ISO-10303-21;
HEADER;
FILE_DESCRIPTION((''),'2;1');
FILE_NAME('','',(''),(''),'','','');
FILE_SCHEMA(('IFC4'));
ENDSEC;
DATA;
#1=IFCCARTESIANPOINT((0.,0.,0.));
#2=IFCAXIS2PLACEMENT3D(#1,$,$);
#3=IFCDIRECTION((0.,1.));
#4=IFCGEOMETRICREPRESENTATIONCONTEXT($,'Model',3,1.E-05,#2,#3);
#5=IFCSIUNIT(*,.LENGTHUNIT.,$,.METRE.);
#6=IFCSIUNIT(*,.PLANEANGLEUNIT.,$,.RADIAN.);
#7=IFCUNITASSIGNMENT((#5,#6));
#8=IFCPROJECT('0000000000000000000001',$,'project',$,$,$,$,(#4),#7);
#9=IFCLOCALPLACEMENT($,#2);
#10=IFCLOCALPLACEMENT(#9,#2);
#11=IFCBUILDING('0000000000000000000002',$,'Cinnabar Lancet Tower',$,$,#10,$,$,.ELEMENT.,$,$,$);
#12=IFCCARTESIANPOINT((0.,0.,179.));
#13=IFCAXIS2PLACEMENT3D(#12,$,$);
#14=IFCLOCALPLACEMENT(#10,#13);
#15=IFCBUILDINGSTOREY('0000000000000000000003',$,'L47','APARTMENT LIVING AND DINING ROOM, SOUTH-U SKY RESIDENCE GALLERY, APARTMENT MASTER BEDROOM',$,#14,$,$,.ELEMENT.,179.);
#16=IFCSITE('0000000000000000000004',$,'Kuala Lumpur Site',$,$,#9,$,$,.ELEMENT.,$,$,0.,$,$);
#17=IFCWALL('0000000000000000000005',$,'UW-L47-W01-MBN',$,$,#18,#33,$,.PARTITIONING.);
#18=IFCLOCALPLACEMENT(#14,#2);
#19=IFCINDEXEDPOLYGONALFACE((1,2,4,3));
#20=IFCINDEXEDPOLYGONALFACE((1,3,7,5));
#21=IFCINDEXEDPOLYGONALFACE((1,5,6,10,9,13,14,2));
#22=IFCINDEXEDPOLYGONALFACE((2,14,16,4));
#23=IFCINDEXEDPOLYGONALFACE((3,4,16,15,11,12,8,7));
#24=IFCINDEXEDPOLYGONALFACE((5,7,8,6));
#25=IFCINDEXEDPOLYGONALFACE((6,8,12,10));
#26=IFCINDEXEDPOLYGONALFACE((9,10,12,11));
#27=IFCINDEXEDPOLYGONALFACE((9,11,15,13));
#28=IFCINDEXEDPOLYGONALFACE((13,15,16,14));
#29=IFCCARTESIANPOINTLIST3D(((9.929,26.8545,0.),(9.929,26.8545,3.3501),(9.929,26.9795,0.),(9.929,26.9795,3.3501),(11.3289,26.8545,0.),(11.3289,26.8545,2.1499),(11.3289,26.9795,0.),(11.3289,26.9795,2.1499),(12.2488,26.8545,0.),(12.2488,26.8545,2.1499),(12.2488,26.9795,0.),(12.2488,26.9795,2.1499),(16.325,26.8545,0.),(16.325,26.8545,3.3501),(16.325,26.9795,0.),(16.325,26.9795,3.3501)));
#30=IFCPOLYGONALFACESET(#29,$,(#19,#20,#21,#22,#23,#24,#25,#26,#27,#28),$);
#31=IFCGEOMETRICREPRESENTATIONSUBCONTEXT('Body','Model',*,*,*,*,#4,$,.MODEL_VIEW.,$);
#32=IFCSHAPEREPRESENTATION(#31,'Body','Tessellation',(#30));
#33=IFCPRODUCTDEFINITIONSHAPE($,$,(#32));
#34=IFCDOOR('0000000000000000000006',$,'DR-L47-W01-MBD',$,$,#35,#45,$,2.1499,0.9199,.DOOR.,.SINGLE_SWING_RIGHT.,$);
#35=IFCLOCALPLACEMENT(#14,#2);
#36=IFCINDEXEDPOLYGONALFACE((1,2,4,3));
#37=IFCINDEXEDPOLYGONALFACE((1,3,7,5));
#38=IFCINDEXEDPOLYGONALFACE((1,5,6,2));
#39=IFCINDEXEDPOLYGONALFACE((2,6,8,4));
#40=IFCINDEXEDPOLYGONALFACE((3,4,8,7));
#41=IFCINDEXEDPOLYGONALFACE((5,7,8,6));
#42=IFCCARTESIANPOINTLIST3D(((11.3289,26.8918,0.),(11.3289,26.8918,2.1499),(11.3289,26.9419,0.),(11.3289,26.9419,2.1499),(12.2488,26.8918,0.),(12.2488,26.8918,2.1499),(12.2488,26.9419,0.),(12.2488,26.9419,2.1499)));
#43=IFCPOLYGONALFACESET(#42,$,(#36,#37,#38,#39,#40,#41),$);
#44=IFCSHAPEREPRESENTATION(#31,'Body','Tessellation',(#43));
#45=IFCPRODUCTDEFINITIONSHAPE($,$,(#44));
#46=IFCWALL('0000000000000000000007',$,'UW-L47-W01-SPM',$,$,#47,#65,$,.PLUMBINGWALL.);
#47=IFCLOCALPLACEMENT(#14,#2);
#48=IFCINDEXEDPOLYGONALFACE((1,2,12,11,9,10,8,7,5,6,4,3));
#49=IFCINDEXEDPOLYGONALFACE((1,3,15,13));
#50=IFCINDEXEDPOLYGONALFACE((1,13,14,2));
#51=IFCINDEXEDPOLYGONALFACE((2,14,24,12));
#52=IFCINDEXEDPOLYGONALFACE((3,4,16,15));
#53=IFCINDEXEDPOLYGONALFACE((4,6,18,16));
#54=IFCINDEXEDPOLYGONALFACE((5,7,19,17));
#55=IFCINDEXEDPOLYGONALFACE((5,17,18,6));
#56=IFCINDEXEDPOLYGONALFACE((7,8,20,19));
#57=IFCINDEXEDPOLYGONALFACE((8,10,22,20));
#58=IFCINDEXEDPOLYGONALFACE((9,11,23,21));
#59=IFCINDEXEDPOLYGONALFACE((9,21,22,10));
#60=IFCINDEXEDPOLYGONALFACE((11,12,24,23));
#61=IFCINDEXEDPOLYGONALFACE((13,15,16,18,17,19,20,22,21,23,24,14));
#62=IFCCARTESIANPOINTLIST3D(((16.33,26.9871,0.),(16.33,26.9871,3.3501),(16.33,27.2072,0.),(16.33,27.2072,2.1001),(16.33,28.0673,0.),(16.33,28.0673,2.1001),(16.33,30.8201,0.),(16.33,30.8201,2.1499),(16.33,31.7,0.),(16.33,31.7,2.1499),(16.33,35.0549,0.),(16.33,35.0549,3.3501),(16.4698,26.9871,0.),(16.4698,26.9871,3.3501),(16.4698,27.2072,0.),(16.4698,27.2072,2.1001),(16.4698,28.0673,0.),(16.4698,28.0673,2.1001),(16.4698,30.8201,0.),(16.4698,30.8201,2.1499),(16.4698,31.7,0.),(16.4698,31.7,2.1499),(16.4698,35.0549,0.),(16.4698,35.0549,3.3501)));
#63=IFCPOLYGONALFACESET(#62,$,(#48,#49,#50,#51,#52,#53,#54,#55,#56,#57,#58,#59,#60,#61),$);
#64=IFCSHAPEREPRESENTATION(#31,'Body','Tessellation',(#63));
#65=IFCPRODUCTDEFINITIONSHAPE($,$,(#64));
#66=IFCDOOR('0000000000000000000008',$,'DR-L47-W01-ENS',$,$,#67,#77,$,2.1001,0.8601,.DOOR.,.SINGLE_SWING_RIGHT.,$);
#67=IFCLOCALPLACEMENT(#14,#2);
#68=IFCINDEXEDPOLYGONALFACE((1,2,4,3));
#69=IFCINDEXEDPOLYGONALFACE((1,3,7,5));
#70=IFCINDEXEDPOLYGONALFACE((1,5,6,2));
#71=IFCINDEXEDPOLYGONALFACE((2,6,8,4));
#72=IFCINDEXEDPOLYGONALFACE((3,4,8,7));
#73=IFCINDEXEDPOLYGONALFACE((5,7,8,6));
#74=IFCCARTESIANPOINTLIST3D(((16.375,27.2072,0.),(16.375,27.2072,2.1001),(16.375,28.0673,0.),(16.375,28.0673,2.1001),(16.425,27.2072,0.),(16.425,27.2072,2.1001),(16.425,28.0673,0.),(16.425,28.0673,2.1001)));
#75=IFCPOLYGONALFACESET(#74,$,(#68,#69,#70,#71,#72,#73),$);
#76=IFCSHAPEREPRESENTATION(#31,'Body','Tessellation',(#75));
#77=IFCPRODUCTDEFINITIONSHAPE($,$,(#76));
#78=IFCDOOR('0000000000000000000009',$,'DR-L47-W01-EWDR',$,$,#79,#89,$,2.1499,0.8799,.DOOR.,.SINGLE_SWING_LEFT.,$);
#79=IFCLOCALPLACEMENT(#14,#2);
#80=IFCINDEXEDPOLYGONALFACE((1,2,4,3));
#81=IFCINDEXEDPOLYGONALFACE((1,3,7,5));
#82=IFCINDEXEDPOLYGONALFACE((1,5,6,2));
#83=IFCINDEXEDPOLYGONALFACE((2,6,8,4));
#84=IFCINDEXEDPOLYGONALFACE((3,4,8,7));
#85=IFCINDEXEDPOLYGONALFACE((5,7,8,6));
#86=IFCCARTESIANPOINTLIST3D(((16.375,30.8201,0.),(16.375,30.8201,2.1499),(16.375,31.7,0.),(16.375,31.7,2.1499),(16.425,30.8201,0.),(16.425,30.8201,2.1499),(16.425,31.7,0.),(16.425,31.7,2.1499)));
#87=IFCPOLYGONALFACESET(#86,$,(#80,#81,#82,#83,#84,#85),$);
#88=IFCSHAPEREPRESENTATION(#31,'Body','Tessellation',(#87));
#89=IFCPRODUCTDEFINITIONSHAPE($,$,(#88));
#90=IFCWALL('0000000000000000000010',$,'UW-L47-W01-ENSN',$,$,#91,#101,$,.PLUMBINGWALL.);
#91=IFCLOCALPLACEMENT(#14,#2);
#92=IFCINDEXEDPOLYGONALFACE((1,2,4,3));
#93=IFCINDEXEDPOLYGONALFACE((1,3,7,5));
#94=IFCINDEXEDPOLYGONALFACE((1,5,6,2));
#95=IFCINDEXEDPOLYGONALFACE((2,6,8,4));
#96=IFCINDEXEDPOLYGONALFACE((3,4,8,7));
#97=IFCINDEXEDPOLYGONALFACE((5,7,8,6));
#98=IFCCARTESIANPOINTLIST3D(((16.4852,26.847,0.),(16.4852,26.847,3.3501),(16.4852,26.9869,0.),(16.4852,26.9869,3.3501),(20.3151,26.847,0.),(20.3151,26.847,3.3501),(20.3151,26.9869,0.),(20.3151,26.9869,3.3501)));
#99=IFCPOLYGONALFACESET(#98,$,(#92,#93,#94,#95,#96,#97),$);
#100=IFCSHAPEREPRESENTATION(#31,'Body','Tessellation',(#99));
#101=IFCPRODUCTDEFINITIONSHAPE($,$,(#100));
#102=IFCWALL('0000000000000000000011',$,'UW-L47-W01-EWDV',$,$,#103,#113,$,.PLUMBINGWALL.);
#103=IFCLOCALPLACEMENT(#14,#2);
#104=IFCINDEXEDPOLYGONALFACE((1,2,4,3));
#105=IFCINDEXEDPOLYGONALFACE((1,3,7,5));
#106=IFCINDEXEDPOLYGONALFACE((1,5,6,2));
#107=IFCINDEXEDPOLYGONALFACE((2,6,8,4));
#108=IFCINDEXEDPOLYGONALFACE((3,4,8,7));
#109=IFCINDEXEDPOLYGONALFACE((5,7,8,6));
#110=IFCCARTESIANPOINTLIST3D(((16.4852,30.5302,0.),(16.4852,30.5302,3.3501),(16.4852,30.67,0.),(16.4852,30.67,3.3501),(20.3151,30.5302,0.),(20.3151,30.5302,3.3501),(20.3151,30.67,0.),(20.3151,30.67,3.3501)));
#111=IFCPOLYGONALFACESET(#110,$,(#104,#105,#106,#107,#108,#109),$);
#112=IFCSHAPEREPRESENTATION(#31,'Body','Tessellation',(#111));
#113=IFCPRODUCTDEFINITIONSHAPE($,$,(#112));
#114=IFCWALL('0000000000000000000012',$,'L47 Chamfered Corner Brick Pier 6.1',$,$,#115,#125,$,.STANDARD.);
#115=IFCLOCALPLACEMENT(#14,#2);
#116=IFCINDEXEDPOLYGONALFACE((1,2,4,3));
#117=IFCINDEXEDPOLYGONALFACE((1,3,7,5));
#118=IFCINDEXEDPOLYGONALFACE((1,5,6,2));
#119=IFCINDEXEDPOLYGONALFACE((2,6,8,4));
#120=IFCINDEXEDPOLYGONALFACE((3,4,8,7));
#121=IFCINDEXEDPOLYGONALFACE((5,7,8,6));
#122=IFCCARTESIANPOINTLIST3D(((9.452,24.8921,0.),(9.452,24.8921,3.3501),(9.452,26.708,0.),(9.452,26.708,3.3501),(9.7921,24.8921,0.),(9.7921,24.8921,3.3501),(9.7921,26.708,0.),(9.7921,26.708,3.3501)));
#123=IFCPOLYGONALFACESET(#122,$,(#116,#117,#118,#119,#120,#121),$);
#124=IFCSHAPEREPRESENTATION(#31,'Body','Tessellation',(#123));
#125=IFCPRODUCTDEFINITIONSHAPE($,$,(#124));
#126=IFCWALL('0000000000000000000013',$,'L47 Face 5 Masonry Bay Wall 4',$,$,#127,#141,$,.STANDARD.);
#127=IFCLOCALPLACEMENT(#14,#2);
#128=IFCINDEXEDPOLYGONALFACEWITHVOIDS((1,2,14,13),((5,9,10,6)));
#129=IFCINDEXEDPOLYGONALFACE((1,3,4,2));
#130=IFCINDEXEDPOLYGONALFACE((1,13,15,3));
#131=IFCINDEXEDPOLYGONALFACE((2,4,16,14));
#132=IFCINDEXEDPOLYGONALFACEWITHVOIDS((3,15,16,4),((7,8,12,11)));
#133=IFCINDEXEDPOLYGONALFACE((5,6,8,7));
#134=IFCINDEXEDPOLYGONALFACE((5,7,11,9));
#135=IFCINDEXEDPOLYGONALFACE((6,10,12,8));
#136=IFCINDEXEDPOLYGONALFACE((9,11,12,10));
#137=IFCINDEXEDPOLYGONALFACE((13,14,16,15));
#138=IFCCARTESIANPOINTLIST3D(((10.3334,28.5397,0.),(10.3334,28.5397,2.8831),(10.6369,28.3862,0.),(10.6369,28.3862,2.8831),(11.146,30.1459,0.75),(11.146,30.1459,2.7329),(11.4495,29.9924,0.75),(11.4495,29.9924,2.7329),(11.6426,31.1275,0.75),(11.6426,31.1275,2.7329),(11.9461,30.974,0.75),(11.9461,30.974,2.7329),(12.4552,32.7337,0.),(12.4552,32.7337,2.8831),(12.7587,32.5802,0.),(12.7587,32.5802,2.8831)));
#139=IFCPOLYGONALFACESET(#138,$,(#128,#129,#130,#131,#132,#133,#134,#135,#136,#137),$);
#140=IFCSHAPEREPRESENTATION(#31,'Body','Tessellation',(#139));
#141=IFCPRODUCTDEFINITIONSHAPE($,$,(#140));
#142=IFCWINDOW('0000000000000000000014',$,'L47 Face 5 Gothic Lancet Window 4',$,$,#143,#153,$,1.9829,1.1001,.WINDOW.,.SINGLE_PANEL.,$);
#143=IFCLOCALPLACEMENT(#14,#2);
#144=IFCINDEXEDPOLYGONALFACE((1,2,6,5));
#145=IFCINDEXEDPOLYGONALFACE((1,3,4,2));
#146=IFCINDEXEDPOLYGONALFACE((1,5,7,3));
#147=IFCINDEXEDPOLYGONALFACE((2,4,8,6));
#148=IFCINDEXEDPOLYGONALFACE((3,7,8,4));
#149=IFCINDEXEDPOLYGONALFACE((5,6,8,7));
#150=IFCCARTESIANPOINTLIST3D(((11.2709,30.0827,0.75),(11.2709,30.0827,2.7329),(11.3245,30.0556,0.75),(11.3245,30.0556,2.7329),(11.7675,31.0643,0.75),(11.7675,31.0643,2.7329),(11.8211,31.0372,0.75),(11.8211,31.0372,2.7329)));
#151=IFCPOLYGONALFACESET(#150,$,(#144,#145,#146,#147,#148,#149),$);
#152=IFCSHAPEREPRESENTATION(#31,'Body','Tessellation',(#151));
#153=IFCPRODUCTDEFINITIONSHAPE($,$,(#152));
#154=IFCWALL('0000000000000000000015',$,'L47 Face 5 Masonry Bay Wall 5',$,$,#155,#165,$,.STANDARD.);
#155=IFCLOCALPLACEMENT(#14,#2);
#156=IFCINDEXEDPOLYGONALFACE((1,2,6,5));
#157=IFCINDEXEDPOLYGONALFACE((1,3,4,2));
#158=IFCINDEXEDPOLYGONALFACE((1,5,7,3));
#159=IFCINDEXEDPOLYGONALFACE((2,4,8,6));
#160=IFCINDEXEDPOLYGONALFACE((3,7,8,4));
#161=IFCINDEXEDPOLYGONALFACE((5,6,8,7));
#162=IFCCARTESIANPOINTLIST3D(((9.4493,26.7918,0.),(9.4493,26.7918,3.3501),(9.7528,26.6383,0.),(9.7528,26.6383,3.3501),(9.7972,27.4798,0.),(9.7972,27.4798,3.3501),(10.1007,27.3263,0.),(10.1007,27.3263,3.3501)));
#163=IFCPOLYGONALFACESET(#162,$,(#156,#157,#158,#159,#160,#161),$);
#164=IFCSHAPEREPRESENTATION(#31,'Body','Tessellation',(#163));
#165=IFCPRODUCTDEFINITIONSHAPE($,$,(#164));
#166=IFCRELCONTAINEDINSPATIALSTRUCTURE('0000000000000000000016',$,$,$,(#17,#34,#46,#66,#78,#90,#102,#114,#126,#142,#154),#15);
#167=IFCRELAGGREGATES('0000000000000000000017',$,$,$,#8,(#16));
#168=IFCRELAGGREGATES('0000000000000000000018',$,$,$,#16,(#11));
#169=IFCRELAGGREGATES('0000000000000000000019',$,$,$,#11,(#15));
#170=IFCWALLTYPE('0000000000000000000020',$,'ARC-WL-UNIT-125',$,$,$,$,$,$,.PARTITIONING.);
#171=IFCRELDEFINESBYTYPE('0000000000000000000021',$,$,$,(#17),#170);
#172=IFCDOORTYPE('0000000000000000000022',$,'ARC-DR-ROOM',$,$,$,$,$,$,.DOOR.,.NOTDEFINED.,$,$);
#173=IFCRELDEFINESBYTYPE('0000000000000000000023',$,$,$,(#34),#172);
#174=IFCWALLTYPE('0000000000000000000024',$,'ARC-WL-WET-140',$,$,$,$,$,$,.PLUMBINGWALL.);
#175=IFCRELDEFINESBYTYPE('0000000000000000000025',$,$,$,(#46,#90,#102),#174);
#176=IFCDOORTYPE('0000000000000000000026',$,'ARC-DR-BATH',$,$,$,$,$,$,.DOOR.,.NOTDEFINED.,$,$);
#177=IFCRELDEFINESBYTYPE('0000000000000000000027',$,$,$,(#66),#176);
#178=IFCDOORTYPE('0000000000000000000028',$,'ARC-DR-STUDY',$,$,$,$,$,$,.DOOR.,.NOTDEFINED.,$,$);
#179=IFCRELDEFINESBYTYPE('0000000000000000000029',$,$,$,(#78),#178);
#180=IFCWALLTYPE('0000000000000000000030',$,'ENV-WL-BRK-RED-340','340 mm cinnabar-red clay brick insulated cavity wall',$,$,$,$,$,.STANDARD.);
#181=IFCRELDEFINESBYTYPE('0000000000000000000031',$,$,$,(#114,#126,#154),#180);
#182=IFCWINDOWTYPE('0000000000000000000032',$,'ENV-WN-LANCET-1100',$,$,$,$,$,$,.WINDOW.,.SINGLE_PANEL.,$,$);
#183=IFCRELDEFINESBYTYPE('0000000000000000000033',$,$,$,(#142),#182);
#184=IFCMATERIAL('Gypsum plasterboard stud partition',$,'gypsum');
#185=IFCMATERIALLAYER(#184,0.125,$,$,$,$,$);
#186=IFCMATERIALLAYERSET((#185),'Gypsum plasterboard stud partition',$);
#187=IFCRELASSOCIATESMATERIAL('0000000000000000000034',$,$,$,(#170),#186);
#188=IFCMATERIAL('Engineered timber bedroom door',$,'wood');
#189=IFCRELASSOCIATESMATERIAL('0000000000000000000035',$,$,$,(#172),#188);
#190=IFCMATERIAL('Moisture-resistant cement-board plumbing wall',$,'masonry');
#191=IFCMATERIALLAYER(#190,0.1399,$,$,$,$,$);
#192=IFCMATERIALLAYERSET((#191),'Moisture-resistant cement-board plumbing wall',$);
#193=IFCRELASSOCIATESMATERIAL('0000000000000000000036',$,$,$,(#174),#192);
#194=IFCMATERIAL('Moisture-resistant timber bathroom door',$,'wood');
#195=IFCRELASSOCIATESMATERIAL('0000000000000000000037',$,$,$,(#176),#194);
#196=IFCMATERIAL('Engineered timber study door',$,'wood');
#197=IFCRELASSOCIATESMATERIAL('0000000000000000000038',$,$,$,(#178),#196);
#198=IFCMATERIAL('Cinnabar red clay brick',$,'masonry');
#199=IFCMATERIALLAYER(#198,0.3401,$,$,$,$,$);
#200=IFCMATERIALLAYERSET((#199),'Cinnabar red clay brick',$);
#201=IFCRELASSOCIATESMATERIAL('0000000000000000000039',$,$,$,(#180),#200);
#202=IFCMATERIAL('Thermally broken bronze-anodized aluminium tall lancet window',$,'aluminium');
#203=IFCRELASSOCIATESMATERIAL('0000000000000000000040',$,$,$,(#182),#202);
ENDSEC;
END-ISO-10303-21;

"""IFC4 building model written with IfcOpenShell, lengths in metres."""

from ifc_helpers import new_model, si_unit, direction, frame, frame_2d, origin, place, context, subcontext, project, spatial, rectangle, extrude, material, layer, layer_set, type_object, element, fill, save


model = new_model("IFC4")

# Units and contexts
model_context = context("Model", 3, precision=1e-05, world=origin(), true_north=direction((0.0, 1.0)))
body_context = subcontext(model_context, "Body", "Model", "MODEL_VIEW")
ifc_project = project(units=[si_unit("LENGTHUNIT", "METRE"), si_unit("PLANEANGLEUNIT", "RADIAN")], contexts=[model_context])

# Site, building, storey
site_placement = place(None, origin())
site = spatial("IfcSite", under=ifc_project, at=site_placement, Name="Kuala Lumpur Site", CompositionType="ELEMENT", RefElevation=0.0)
building_placement = place(site_placement, origin())
building = spatial("IfcBuilding", under=site, at=building_placement, Name="Cinnabar Lancet Tower", CompositionType="ELEMENT")
storey_placement = place(building_placement, frame((0.0, 0.0, 179.0)))
storey = spatial("IfcBuildingStorey", under=building, at=storey_placement, Name="L47", Description="APARTMENT LIVING AND DINING ROOM, SOUTH-U SKY RESIDENCE GALLERY, APARTMENT MASTER BEDROOM", CompositionType="ELEMENT", Elevation=179.0)

# Wall, opening, door
ifc_material_1 = material(Name="Gypsum plasterboard stud partition", Category="gypsum")
ifc_layer_1 = layer(ifc_material_1, 0.125)
ifc_layer_set_1 = layer_set([ifc_layer_1], Name="Gypsum plasterboard stud partition")
wall_type_1 = type_object("IfcWallType", Name="ARC-WL-UNIT-125", PredefinedType="PARTITIONING", material=ifc_layer_set_1)
wall_1_placement = place(storey_placement, frame((9.929, 26.917, 0.0), z_axis=(0.0, 0.0, 1.0), x_axis=(1.0, 0.0, 0.0)))
wall_1 = element("IfcWall", 1, at=wall_1_placement, inside=storey, type_object=wall_type_1, Name="UW-L47-W01-MBN", PredefinedType="PARTITIONING", context=body_context, shape_type="SweptSolid", body=[
    extrude(rectangle(XDim=6.396, YDim=0.125, at=frame_2d((3.198, 0.0))), origin(), (0.0, 0.0, 1.0), 3.3501),
])
opening_1_placement = place(wall_1_placement, frame((1.3999, 0.0, 0.0)))
opening_1 = element("IfcOpeningElement", 2, at=opening_1_placement, cuts=wall_1, PredefinedType="OPENING", context=body_context, shape_type="SweptSolid", body=[
    extrude(rectangle(XDim=0.9199, YDim=2.1499, at=frame_2d((0.46, 1.075))), frame((0.0, 0.0725, 0.0), z_axis=(0.0, -1.0, 0.0), x_axis=(1.0, 0.0, 0.0)), (0.0, 0.0, 1.0), 0.145),
])
ifc_material_2 = material(Name="Engineered timber bedroom door", Category="wood")
door_type_1 = type_object("IfcDoorType", Name="ARC-DR-ROOM", OperationType="NOTDEFINED", PredefinedType="DOOR", material=ifc_material_2)
door_1_placement = place(opening_1_placement, origin())
door_1 = element("IfcDoor", 3, at=door_1_placement, inside=storey, type_object=door_type_1, Name="DR-L47-W01-MBD", OperationType="SINGLE_SWING_RIGHT", OverallHeight=2.1499, OverallWidth=0.9199, PredefinedType="DOOR", context=body_context, shape_type="SweptSolid", body=[
    extrude(rectangle(XDim=0.9199, YDim=2.1499, at=frame_2d((0.46, 1.075))), frame((0.0, 0.0249, 0.0), z_axis=(0.0, -1.0, 0.0), x_axis=(1.0, 0.0, 0.0)), (0.0, 0.0, 1.0), 0.05),
])
fill(opening_1, door_1)

# Wall, openings, doors
ifc_material_3 = material(Name="Moisture-resistant cement-board plumbing wall", Category="masonry")
ifc_layer_2 = layer(ifc_material_3, 0.1399)
ifc_layer_set_2 = layer_set([ifc_layer_2], Name="Moisture-resistant cement-board plumbing wall")
wall_type_2 = type_object("IfcWallType", Name="ARC-WL-WET-140", PredefinedType="PLUMBINGWALL", material=ifc_layer_set_2)
wall_2_placement = place(storey_placement, frame((16.3999, 26.9871, 0.0), z_axis=(0.0, 0.0, 1.0), x_axis=(0.0, 1.0, 0.0)))
wall_2 = element("IfcWall", 4, at=wall_2_placement, inside=storey, type_object=wall_type_2, Name="UW-L47-W01-SPM", PredefinedType="PLUMBINGWALL", context=body_context, shape_type="SweptSolid", body=[
    extrude(rectangle(XDim=8.0679, YDim=0.1399, at=frame_2d((4.0339, 0.0))), origin(), (0.0, 0.0, 1.0), 3.3501),
])
opening_2_placement = place(wall_2_placement, frame((0.22, 0.0, 0.0)))
opening_2 = element("IfcOpeningElement", 5, at=opening_2_placement, cuts=wall_2, PredefinedType="OPENING", context=body_context, shape_type="SweptSolid", body=[
    extrude(rectangle(XDim=0.8601, YDim=2.1001, at=frame_2d((0.4302, 1.05))), frame((0.0, 0.0798, 0.0), z_axis=(0.0, -1.0, 0.0), x_axis=(1.0, 0.0, 0.0)), (0.0, 0.0, 1.0), 0.1599),
])
opening_3_placement = place(wall_2_placement, frame((3.833, 0.0, 0.0)))
opening_3 = element("IfcOpeningElement", 6, at=opening_3_placement, cuts=wall_2, PredefinedType="OPENING", context=body_context, shape_type="SweptSolid", body=[
    extrude(rectangle(XDim=0.8799, YDim=2.1499, at=frame_2d((0.4399, 1.075))), frame((0.0, 0.0798, 0.0), z_axis=(0.0, -1.0, 0.0), x_axis=(1.0, 0.0, 0.0)), (0.0, 0.0, 1.0), 0.1599),
])
ifc_material_4 = material(Name="Moisture-resistant timber bathroom door", Category="wood")
door_type_2 = type_object("IfcDoorType", Name="ARC-DR-BATH", OperationType="NOTDEFINED", PredefinedType="DOOR", material=ifc_material_4)
door_2_placement = place(opening_2_placement, origin())
door_2 = element("IfcDoor", 7, at=door_2_placement, inside=storey, type_object=door_type_2, Name="DR-L47-W01-ENS", OperationType="SINGLE_SWING_RIGHT", OverallHeight=2.1001, OverallWidth=0.8601, PredefinedType="DOOR", context=body_context, shape_type="SweptSolid", body=[
    extrude(rectangle(XDim=0.8601, YDim=2.1001, at=frame_2d((0.4302, 1.05))), frame((0.0, 0.0249, 0.0), z_axis=(0.0, -1.0, 0.0), x_axis=(1.0, 0.0, 0.0)), (0.0, 0.0, 1.0), 0.05),
])
fill(opening_2, door_2)
ifc_material_5 = material(Name="Engineered timber study door", Category="wood")
door_type_3 = type_object("IfcDoorType", Name="ARC-DR-STUDY", OperationType="NOTDEFINED", PredefinedType="DOOR", material=ifc_material_5)
door_3_placement = place(opening_3_placement, origin())
door_3 = element("IfcDoor", 8, at=door_3_placement, inside=storey, type_object=door_type_3, Name="DR-L47-W01-EWDR", OperationType="SINGLE_SWING_LEFT", OverallHeight=2.1499, OverallWidth=0.8799, PredefinedType="DOOR", context=body_context, shape_type="SweptSolid", body=[
    extrude(rectangle(XDim=0.8799, YDim=2.1499, at=frame_2d((0.4399, 1.075))), frame((0.0, 0.0249, 0.0), z_axis=(0.0, -1.0, 0.0), x_axis=(1.0, 0.0, 0.0)), (0.0, 0.0, 1.0), 0.05),
])
fill(opening_3, door_3)

# Walls
for number, where, z_axis, x_axis, name in (
    (9, (16.4851, 26.917, 0.0), (0.0, 0.0, 1.0), (1.0, 0.0, 0.0), "UW-L47-W01-ENSN"),
    (10, (16.4851, 30.6001, 0.0), (0.0, 0.0, 1.0), (1.0, 0.0, 0.0), "UW-L47-W01-EWDV"),
):
    element("IfcWall", number, at=place(storey_placement, frame(where, z_axis=z_axis, x_axis=x_axis)), inside=storey, type_object=wall_type_2, Name=name, PredefinedType="PLUMBINGWALL", context=body_context, shape_type="SweptSolid", body=[
        extrude(rectangle(XDim=3.8298, YDim=0.1399, at=frame_2d((1.915, 0.0))), origin(), (0.0, 0.0, 1.0), 3.3501),
    ])
ifc_material_6 = material(Name="Cinnabar red clay brick", Category="masonry")
ifc_layer_3 = layer(ifc_material_6, 0.3401)
ifc_layer_set_3 = layer_set([ifc_layer_3], Name="Cinnabar red clay brick")
wall_type_3 = type_object("IfcWallType", Name="ENV-WL-BRK-RED-340", Description="340 mm cinnabar-red clay brick insulated cavity wall", PredefinedType="STANDARD", material=ifc_layer_set_3)
wall_3_placement = place(storey_placement, frame((9.6221, 26.708, 0.0), z_axis=(0.0, 0.0, 1.0), x_axis=(0.0, -1.0, 0.0)))
element("IfcWall", 11, at=wall_3_placement, inside=storey, type_object=wall_type_3, Name="L47 Chamfered Corner Brick Pier 6.1", PredefinedType="STANDARD", context=body_context, shape_type="SweptSolid", body=[
    extrude(rectangle(XDim=1.8159, YDim=0.3401, at=frame_2d((0.908, 0.0))), origin(), (0.0, 0.0, 1.0), 3.3501),
])

# Wall, opening, window
wall_4_placement = place(storey_placement, frame((12.6069, 32.657, 0.0), z_axis=(0.0, 0.0, 1.0), x_axis=(-0.451426, -0.892308, 0.0)))
wall_4 = element("IfcWall", 12, at=wall_4_placement, inside=storey, type_object=wall_type_3, Name="L47 Face 5 Masonry Bay Wall 4", PredefinedType="STANDARD", context=body_context, shape_type="SweptSolid", body=[
    extrude(rectangle(XDim=4.7002, YDim=0.3401, at=frame_2d((2.3501, 0.0))), origin(), (0.0, 0.0, 1.0), 2.8831),
])
opening_4_placement = place(wall_4_placement, frame((1.8, 0.0, 0.75)))
opening_4 = element("IfcOpeningElement", 13, at=opening_4_placement, cuts=wall_4, PredefinedType="OPENING", context=body_context, shape_type="SweptSolid", body=[
    extrude(rectangle(XDim=1.1001, YDim=1.9829, at=frame_2d((0.55, 0.9915))), frame((0.0, 0.1799, 0.0), z_axis=(0.0, -1.0, 0.0), x_axis=(1.0, 0.0, 0.0)), (0.0, 0.0, 1.0), 0.3601),
])
ifc_material_7 = material(Name="Thermally broken bronze-anodized aluminium tall lancet window", Category="aluminium")
window_type = type_object("IfcWindowType", Name="ENV-WN-LANCET-1100", PartitioningType="SINGLE_PANEL", PredefinedType="WINDOW", material=ifc_material_7)
window_placement = place(opening_4_placement, origin())
window = element("IfcWindow", 14, at=window_placement, inside=storey, type_object=window_type, Name="L47 Face 5 Gothic Lancet Window 4", OverallHeight=1.9829, OverallWidth=1.1001, PartitioningType="SINGLE_PANEL", PredefinedType="WINDOW", context=body_context, shape_type="SweptSolid", body=[
    extrude(rectangle(XDim=1.1001, YDim=1.9829, at=frame_2d((0.55, 0.9915))), frame((0.0, 0.03, 0.0), z_axis=(0.0, -1.0, 0.0), x_axis=(1.0, 0.0, 0.0)), (0.0, 0.0, 1.0), 0.0601),
])
fill(opening_4, window)

# Wall
for number, where, z_axis, x_axis, name in (
    (15, (9.949, 27.4031, 0.0), (0.0, 0.0, 1.0), (-0.451262, -0.892391, 0.0), "L47 Face 5 Masonry Bay Wall 5"),
):
    element("IfcWall", number, at=place(storey_placement, frame(where, z_axis=z_axis, x_axis=x_axis)), inside=storey, type_object=wall_type_3, Name=name, PredefinedType="STANDARD", context=body_context, shape_type="SweptSolid", body=[
        extrude(rectangle(XDim=0.771, YDim=0.3401, at=frame_2d((0.3855, 0.0))), origin(), (0.0, 0.0, 1.0), 3.3501),
    ])

save(model, "model.ifc")
